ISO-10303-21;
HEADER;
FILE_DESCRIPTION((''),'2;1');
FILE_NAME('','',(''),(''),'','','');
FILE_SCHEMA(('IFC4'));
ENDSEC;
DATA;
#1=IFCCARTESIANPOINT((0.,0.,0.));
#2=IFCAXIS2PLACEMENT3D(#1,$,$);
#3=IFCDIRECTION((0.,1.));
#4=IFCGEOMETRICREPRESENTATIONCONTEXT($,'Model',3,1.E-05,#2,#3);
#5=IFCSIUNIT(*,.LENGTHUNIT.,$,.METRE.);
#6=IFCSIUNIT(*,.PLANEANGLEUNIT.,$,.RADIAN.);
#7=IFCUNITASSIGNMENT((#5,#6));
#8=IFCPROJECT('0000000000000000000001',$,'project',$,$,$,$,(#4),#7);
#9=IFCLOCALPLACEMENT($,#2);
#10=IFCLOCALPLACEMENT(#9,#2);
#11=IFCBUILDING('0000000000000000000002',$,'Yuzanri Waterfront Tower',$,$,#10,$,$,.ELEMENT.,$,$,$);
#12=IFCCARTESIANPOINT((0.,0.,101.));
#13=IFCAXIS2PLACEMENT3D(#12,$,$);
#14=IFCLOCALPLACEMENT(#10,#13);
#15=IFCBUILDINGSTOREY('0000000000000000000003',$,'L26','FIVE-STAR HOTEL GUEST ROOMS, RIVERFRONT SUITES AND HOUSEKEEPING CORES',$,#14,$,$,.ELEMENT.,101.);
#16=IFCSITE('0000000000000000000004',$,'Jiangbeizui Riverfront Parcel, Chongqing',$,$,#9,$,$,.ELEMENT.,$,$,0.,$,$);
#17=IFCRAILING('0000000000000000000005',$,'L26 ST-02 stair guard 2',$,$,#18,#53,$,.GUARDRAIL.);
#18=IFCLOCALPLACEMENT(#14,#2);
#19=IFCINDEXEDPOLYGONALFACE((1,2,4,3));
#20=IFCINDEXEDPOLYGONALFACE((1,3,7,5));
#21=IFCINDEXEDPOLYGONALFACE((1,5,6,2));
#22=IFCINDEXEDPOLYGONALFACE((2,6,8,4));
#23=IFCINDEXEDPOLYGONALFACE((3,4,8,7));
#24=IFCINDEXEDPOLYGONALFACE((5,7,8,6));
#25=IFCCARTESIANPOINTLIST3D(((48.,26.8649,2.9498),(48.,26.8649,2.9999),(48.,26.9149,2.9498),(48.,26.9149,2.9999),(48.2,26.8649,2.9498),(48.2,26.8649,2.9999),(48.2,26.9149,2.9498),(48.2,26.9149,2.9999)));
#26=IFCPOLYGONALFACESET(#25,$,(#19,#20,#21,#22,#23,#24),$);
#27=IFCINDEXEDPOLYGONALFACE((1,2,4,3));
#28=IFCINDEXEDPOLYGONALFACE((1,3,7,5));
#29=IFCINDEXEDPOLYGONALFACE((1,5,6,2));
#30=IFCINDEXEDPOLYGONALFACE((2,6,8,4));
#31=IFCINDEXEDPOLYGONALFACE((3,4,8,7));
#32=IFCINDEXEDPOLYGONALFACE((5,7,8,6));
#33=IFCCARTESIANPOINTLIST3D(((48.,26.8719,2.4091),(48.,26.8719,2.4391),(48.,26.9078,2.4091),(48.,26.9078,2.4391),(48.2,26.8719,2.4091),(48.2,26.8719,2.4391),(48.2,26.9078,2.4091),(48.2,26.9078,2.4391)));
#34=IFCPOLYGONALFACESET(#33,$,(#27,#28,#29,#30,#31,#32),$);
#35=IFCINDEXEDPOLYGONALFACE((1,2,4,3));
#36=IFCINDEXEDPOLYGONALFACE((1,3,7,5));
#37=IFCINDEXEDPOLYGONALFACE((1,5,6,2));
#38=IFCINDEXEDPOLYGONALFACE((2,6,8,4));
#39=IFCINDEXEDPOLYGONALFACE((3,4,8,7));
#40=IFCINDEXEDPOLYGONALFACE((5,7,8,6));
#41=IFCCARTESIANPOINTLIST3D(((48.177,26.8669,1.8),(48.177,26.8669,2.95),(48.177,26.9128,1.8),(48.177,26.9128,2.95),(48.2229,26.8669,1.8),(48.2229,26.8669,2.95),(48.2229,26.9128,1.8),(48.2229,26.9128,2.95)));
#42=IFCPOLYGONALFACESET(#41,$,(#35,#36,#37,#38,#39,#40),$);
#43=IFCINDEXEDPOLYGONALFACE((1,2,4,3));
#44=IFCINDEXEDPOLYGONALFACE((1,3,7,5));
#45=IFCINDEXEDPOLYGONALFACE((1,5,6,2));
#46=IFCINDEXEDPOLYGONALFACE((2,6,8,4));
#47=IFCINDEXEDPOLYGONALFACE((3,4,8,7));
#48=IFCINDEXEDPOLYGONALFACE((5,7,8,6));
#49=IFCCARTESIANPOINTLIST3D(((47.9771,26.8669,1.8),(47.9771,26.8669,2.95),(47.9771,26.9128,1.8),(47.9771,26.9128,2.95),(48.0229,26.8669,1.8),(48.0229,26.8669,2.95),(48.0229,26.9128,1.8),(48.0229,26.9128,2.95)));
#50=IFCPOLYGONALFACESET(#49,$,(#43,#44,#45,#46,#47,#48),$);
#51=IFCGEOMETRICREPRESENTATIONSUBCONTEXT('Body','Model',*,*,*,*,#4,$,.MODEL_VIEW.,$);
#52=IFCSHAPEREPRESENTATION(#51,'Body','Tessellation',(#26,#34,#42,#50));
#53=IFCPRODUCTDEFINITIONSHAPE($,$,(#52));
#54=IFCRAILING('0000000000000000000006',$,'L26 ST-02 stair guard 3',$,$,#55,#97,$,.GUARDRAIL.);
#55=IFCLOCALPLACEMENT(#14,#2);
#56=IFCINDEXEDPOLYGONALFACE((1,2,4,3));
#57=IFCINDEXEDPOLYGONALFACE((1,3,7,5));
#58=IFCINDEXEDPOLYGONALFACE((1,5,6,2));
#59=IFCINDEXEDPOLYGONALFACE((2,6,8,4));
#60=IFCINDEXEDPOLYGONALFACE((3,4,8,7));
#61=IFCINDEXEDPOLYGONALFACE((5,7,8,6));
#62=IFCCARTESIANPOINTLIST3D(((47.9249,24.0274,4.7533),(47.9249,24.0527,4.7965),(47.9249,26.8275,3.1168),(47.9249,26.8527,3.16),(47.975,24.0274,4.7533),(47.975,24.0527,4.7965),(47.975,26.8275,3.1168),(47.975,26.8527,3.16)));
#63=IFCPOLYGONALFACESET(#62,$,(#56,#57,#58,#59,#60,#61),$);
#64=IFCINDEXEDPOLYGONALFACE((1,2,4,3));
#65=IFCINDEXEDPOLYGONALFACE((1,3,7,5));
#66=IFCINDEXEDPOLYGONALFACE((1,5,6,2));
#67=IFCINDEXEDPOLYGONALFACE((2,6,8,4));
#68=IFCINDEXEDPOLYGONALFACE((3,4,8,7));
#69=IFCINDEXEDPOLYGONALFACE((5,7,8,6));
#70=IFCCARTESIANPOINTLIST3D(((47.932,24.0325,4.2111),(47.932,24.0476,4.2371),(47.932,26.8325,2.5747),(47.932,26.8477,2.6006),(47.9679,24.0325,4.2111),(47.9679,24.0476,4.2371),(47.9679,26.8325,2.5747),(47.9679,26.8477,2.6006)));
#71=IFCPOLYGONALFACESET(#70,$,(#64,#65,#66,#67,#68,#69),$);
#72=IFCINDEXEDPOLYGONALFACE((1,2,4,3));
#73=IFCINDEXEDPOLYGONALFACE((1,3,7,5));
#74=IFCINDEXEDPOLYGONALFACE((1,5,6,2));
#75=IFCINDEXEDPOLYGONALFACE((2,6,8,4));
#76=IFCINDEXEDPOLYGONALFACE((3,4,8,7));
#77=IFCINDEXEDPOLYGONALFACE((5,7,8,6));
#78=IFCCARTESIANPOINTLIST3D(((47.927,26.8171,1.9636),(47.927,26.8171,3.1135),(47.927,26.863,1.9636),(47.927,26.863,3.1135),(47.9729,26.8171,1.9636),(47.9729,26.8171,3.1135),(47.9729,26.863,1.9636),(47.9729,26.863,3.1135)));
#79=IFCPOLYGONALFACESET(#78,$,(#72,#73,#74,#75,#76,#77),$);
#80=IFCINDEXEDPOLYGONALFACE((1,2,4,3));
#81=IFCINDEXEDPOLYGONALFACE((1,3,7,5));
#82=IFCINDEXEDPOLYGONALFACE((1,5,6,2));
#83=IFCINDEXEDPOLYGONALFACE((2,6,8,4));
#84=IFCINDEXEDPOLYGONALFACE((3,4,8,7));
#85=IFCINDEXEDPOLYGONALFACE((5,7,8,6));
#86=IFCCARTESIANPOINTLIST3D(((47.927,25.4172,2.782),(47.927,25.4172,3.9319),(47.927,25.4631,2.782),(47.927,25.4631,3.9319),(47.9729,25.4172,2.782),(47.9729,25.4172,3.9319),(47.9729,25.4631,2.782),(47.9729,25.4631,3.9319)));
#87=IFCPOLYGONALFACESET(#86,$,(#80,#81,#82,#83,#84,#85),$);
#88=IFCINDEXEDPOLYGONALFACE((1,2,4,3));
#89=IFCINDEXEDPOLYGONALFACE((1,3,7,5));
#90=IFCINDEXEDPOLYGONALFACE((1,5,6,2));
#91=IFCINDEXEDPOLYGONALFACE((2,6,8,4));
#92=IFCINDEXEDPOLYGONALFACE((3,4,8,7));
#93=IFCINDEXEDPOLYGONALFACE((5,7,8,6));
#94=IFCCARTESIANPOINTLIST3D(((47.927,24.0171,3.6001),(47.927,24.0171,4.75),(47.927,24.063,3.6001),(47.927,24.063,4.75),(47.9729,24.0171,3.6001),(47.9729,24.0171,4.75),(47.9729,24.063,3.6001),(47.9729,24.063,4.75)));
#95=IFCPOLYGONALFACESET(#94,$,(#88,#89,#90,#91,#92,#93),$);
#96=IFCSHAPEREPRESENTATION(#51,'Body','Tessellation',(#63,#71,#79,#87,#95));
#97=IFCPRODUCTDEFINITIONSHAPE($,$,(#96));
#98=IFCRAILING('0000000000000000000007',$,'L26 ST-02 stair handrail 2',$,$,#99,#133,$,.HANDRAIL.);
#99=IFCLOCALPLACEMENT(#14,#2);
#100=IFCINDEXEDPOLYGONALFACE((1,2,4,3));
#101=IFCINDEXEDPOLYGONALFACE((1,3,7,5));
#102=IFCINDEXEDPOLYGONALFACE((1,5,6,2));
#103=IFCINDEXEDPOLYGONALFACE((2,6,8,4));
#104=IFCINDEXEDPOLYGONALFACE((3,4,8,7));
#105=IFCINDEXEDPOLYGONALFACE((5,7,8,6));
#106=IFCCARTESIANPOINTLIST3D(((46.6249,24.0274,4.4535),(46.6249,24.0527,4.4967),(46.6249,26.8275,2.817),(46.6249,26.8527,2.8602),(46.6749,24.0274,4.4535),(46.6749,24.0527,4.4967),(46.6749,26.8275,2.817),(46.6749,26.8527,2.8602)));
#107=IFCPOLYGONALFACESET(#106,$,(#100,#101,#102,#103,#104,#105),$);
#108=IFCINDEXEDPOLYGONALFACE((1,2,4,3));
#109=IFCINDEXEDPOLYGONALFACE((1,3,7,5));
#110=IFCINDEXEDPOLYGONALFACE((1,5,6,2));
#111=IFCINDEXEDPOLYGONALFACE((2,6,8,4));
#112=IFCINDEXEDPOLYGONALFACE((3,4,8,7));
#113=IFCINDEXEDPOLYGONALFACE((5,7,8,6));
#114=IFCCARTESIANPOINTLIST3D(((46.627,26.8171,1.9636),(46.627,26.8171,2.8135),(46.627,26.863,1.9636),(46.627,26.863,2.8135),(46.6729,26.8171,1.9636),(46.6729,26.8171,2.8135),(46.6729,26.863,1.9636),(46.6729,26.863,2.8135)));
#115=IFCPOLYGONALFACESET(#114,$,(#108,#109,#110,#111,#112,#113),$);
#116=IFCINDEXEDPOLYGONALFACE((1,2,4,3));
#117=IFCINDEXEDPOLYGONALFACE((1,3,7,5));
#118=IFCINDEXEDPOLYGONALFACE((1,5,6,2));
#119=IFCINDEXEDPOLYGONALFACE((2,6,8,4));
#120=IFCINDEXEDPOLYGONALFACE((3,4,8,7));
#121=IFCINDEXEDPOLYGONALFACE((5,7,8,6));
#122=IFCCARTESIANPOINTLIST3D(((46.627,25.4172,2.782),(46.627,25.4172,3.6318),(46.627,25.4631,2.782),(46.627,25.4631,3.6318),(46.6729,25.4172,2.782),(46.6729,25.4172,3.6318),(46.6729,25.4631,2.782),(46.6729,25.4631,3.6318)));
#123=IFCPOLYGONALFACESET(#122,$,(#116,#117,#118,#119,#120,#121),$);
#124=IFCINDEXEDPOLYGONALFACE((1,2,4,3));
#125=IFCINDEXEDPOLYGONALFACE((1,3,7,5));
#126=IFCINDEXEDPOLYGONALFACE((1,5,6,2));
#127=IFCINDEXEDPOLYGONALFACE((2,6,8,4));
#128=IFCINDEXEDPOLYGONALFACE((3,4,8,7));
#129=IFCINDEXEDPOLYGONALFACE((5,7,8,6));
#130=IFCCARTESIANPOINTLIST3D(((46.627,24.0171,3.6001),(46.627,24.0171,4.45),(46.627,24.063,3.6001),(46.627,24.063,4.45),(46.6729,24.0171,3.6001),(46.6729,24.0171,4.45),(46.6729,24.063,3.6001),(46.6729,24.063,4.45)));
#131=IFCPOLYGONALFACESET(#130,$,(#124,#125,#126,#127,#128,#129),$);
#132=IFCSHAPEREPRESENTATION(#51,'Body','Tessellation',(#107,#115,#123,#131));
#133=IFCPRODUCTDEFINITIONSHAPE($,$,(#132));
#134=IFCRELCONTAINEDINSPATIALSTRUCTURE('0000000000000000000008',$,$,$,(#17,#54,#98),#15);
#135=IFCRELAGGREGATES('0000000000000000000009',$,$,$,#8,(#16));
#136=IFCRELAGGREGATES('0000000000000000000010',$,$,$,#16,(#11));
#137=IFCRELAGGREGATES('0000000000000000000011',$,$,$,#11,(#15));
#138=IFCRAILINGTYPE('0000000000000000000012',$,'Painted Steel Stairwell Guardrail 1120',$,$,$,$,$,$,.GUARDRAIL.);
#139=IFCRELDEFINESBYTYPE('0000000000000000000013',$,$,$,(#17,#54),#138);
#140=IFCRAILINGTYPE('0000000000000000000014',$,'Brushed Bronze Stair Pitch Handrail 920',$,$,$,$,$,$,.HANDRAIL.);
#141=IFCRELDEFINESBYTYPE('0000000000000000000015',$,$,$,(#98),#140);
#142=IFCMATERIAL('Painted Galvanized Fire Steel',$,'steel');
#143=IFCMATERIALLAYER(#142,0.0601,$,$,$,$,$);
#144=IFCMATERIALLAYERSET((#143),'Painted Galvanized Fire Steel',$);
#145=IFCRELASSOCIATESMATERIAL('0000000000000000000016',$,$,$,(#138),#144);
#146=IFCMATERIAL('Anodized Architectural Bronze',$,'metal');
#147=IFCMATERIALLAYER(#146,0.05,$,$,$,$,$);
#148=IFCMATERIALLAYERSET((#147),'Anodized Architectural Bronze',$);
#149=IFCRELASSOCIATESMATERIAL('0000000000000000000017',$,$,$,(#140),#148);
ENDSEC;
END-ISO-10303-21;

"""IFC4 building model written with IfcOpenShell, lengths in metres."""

from ifc_helpers import new_model, si_unit, direction, frame, origin, origin_2d, place, context, subcontext, project, spatial, rectangle, extrude, source, transform, mapped, material, layer, layer_set, type_object, element, save


model = new_model("IFC4")

# Units and contexts
model_context = context("Model", 3, precision=1e-05, world=origin(), true_north=direction((0.0, 1.0)))
body_context = subcontext(model_context, "Body", "Model", "MODEL_VIEW")
ifc_project = project(units=[si_unit("LENGTHUNIT", "METRE"), si_unit("PLANEANGLEUNIT", "RADIAN")], contexts=[model_context])

# Site, building, storey
site_placement = place(None, origin())
site = spatial("IfcSite", under=ifc_project, at=site_placement, Name="Jiangbeizui Riverfront Parcel, Chongqing", CompositionType="ELEMENT", RefElevation=0.0)
building_placement = place(site_placement, origin())
building = spatial("IfcBuilding", under=site, at=building_placement, Name="Yuzanri Waterfront Tower", CompositionType="ELEMENT")
storey_placement = place(building_placement, frame((0.0, 0.0, 101.0)))
storey = spatial("IfcBuildingStorey", under=building, at=storey_placement, Name="L26", Description="FIVE-STAR HOTEL GUEST ROOMS, RIVERFRONT SUITES AND HOUSEKEEPING CORES", CompositionType="ELEMENT", Elevation=101.0)

# Railings
ifc_material_1 = material(Name="Painted Galvanized Fire Steel", Category="steel")
ifc_layer_1 = layer(ifc_material_1, 0.0601)
ifc_layer_set_1 = layer_set([ifc_layer_1], Name="Painted Galvanized Fire Steel")
railing_type_1 = type_object("IfcRailingType", Name="Painted Steel Stairwell Guardrail 1120", PredefinedType="GUARDRAIL", material=ifc_layer_set_1)
shared_shape_1 = source(origin(), body_context, "Body", "SweptSolid", [
    extrude(rectangle(XDim=0.05, YDim=0.05, at=origin_2d()), frame((0.0, 0.0, 1.1748), z_axis=(-1.0, 0.0, 0.0), x_axis=(0.0, -1.0, 0.0)), (0.0, 0.0, 1.0), 0.2),
    extrude(rectangle(XDim=0.0359, YDim=0.03, at=origin_2d()), frame((0.0, 0.0, 0.624), z_axis=(-1.0, 0.0, 0.0), x_axis=(0.0, -1.0, 0.0)), (0.0, 0.0, 1.0), 0.2),
    extrude(rectangle(XDim=0.0459, YDim=0.0459, at=origin_2d()), origin(), (0.0, 0.0, 1.0), 1.1499),
    extrude(rectangle(XDim=0.0459, YDim=0.0459, at=origin_2d()), frame((-0.2, 0.0, 0.0)), (0.0, 0.0, 1.0), 1.1499),
])
railing_1_placement = place(storey_placement, frame((48.2, 26.8899, 1.8)))
element("IfcRailing", 1, at=railing_1_placement, inside=storey, type_object=railing_type_1, Name="L26 ST-02 stair guard 2", PredefinedType="GUARDRAIL", context=body_context, shape_type="MappedRepresentation", body=[
    mapped(shared_shape_1, transform((0.0, 0.0, 0.0), scale=1.0)),
])
shared_shape_2 = source(origin(), body_context, "Body", "SweptSolid", [
    extrude(rectangle(XDim=0.05, YDim=0.05, at=origin_2d()), frame((0.0, 0.0, 1.1748), z_axis=(0.0, -0.863361, 0.504587), x_axis=(1.0, 0.0, 0.0)), (0.0, 0.0, 1.0), 3.2432),
    extrude(rectangle(XDim=0.0359, YDim=0.03, at=origin_2d()), frame((0.0, 0.0, 0.624), z_axis=(0.0, -0.863361, 0.504587), x_axis=(1.0, 0.0, 0.0)), (0.0, 0.0, 1.0), 3.2432),
    extrude(rectangle(XDim=0.0459, YDim=0.0459, at=origin_2d()), origin(), (0.0, 0.0, 1.0), 1.1499),
    extrude(rectangle(XDim=0.0459, YDim=0.0459, at=origin_2d()), frame((0.0, -1.3999, 0.8184)), (0.0, 0.0, 1.0), 1.1499),
    extrude(rectangle(XDim=0.0459, YDim=0.0459, at=origin_2d()), frame((0.0, -2.8, 1.6365)), (0.0, 0.0, 1.0), 1.1499),
])
railing_2_placement = place(storey_placement, frame((47.95, 26.8401, 1.9636)))
element("IfcRailing", 2, at=railing_2_placement, inside=storey, type_object=railing_type_1, Name="L26 ST-02 stair guard 3", PredefinedType="GUARDRAIL", context=body_context, shape_type="MappedRepresentation", body=[
    mapped(shared_shape_2, transform((0.0, 0.0, 0.0), scale=1.0)),
])
ifc_material_2 = material(Name="Anodized Architectural Bronze", Category="metal")
ifc_layer_2 = layer(ifc_material_2, 0.05)
ifc_layer_set_2 = layer_set([ifc_layer_2], Name="Anodized Architectural Bronze")
railing_type_2 = type_object("IfcRailingType", Name="Brushed Bronze Stair Pitch Handrail 920", PredefinedType="HANDRAIL", material=ifc_layer_set_2)
shared_shape_3 = source(origin(), body_context, "Body", "SweptSolid", [
    extrude(rectangle(XDim=0.05, YDim=0.05, at=origin_2d()), frame((0.0, 0.0, 0.875), z_axis=(0.0, -0.863361, 0.504587), x_axis=(1.0, 0.0, 0.0)), (0.0, 0.0, 1.0), 3.2432),
    extrude(rectangle(XDim=0.0459, YDim=0.0459, at=origin_2d()), origin(), (0.0, 0.0, 1.0), 0.8499),
    extrude(rectangle(XDim=0.0459, YDim=0.0459, at=origin_2d()), frame((0.0, -1.3999, 0.8184)), (0.0, 0.0, 1.0), 0.8499),
    extrude(rectangle(XDim=0.0459, YDim=0.0459, at=origin_2d()), frame((0.0, -2.8, 1.6365)), (0.0, 0.0, 1.0), 0.8499),
])
railing_3_placement = place(storey_placement, frame((46.6499, 26.8401, 1.9636)))
element("IfcRailing", 3, at=railing_3_placement, inside=storey, type_object=railing_type_2, Name="L26 ST-02 stair handrail 2", PredefinedType="HANDRAIL", context=body_context, shape_type="MappedRepresentation", body=[
    mapped(shared_shape_3, transform((0.0, 0.0, 0.0), scale=1.0)),
])

save(model, "model.ifc")
